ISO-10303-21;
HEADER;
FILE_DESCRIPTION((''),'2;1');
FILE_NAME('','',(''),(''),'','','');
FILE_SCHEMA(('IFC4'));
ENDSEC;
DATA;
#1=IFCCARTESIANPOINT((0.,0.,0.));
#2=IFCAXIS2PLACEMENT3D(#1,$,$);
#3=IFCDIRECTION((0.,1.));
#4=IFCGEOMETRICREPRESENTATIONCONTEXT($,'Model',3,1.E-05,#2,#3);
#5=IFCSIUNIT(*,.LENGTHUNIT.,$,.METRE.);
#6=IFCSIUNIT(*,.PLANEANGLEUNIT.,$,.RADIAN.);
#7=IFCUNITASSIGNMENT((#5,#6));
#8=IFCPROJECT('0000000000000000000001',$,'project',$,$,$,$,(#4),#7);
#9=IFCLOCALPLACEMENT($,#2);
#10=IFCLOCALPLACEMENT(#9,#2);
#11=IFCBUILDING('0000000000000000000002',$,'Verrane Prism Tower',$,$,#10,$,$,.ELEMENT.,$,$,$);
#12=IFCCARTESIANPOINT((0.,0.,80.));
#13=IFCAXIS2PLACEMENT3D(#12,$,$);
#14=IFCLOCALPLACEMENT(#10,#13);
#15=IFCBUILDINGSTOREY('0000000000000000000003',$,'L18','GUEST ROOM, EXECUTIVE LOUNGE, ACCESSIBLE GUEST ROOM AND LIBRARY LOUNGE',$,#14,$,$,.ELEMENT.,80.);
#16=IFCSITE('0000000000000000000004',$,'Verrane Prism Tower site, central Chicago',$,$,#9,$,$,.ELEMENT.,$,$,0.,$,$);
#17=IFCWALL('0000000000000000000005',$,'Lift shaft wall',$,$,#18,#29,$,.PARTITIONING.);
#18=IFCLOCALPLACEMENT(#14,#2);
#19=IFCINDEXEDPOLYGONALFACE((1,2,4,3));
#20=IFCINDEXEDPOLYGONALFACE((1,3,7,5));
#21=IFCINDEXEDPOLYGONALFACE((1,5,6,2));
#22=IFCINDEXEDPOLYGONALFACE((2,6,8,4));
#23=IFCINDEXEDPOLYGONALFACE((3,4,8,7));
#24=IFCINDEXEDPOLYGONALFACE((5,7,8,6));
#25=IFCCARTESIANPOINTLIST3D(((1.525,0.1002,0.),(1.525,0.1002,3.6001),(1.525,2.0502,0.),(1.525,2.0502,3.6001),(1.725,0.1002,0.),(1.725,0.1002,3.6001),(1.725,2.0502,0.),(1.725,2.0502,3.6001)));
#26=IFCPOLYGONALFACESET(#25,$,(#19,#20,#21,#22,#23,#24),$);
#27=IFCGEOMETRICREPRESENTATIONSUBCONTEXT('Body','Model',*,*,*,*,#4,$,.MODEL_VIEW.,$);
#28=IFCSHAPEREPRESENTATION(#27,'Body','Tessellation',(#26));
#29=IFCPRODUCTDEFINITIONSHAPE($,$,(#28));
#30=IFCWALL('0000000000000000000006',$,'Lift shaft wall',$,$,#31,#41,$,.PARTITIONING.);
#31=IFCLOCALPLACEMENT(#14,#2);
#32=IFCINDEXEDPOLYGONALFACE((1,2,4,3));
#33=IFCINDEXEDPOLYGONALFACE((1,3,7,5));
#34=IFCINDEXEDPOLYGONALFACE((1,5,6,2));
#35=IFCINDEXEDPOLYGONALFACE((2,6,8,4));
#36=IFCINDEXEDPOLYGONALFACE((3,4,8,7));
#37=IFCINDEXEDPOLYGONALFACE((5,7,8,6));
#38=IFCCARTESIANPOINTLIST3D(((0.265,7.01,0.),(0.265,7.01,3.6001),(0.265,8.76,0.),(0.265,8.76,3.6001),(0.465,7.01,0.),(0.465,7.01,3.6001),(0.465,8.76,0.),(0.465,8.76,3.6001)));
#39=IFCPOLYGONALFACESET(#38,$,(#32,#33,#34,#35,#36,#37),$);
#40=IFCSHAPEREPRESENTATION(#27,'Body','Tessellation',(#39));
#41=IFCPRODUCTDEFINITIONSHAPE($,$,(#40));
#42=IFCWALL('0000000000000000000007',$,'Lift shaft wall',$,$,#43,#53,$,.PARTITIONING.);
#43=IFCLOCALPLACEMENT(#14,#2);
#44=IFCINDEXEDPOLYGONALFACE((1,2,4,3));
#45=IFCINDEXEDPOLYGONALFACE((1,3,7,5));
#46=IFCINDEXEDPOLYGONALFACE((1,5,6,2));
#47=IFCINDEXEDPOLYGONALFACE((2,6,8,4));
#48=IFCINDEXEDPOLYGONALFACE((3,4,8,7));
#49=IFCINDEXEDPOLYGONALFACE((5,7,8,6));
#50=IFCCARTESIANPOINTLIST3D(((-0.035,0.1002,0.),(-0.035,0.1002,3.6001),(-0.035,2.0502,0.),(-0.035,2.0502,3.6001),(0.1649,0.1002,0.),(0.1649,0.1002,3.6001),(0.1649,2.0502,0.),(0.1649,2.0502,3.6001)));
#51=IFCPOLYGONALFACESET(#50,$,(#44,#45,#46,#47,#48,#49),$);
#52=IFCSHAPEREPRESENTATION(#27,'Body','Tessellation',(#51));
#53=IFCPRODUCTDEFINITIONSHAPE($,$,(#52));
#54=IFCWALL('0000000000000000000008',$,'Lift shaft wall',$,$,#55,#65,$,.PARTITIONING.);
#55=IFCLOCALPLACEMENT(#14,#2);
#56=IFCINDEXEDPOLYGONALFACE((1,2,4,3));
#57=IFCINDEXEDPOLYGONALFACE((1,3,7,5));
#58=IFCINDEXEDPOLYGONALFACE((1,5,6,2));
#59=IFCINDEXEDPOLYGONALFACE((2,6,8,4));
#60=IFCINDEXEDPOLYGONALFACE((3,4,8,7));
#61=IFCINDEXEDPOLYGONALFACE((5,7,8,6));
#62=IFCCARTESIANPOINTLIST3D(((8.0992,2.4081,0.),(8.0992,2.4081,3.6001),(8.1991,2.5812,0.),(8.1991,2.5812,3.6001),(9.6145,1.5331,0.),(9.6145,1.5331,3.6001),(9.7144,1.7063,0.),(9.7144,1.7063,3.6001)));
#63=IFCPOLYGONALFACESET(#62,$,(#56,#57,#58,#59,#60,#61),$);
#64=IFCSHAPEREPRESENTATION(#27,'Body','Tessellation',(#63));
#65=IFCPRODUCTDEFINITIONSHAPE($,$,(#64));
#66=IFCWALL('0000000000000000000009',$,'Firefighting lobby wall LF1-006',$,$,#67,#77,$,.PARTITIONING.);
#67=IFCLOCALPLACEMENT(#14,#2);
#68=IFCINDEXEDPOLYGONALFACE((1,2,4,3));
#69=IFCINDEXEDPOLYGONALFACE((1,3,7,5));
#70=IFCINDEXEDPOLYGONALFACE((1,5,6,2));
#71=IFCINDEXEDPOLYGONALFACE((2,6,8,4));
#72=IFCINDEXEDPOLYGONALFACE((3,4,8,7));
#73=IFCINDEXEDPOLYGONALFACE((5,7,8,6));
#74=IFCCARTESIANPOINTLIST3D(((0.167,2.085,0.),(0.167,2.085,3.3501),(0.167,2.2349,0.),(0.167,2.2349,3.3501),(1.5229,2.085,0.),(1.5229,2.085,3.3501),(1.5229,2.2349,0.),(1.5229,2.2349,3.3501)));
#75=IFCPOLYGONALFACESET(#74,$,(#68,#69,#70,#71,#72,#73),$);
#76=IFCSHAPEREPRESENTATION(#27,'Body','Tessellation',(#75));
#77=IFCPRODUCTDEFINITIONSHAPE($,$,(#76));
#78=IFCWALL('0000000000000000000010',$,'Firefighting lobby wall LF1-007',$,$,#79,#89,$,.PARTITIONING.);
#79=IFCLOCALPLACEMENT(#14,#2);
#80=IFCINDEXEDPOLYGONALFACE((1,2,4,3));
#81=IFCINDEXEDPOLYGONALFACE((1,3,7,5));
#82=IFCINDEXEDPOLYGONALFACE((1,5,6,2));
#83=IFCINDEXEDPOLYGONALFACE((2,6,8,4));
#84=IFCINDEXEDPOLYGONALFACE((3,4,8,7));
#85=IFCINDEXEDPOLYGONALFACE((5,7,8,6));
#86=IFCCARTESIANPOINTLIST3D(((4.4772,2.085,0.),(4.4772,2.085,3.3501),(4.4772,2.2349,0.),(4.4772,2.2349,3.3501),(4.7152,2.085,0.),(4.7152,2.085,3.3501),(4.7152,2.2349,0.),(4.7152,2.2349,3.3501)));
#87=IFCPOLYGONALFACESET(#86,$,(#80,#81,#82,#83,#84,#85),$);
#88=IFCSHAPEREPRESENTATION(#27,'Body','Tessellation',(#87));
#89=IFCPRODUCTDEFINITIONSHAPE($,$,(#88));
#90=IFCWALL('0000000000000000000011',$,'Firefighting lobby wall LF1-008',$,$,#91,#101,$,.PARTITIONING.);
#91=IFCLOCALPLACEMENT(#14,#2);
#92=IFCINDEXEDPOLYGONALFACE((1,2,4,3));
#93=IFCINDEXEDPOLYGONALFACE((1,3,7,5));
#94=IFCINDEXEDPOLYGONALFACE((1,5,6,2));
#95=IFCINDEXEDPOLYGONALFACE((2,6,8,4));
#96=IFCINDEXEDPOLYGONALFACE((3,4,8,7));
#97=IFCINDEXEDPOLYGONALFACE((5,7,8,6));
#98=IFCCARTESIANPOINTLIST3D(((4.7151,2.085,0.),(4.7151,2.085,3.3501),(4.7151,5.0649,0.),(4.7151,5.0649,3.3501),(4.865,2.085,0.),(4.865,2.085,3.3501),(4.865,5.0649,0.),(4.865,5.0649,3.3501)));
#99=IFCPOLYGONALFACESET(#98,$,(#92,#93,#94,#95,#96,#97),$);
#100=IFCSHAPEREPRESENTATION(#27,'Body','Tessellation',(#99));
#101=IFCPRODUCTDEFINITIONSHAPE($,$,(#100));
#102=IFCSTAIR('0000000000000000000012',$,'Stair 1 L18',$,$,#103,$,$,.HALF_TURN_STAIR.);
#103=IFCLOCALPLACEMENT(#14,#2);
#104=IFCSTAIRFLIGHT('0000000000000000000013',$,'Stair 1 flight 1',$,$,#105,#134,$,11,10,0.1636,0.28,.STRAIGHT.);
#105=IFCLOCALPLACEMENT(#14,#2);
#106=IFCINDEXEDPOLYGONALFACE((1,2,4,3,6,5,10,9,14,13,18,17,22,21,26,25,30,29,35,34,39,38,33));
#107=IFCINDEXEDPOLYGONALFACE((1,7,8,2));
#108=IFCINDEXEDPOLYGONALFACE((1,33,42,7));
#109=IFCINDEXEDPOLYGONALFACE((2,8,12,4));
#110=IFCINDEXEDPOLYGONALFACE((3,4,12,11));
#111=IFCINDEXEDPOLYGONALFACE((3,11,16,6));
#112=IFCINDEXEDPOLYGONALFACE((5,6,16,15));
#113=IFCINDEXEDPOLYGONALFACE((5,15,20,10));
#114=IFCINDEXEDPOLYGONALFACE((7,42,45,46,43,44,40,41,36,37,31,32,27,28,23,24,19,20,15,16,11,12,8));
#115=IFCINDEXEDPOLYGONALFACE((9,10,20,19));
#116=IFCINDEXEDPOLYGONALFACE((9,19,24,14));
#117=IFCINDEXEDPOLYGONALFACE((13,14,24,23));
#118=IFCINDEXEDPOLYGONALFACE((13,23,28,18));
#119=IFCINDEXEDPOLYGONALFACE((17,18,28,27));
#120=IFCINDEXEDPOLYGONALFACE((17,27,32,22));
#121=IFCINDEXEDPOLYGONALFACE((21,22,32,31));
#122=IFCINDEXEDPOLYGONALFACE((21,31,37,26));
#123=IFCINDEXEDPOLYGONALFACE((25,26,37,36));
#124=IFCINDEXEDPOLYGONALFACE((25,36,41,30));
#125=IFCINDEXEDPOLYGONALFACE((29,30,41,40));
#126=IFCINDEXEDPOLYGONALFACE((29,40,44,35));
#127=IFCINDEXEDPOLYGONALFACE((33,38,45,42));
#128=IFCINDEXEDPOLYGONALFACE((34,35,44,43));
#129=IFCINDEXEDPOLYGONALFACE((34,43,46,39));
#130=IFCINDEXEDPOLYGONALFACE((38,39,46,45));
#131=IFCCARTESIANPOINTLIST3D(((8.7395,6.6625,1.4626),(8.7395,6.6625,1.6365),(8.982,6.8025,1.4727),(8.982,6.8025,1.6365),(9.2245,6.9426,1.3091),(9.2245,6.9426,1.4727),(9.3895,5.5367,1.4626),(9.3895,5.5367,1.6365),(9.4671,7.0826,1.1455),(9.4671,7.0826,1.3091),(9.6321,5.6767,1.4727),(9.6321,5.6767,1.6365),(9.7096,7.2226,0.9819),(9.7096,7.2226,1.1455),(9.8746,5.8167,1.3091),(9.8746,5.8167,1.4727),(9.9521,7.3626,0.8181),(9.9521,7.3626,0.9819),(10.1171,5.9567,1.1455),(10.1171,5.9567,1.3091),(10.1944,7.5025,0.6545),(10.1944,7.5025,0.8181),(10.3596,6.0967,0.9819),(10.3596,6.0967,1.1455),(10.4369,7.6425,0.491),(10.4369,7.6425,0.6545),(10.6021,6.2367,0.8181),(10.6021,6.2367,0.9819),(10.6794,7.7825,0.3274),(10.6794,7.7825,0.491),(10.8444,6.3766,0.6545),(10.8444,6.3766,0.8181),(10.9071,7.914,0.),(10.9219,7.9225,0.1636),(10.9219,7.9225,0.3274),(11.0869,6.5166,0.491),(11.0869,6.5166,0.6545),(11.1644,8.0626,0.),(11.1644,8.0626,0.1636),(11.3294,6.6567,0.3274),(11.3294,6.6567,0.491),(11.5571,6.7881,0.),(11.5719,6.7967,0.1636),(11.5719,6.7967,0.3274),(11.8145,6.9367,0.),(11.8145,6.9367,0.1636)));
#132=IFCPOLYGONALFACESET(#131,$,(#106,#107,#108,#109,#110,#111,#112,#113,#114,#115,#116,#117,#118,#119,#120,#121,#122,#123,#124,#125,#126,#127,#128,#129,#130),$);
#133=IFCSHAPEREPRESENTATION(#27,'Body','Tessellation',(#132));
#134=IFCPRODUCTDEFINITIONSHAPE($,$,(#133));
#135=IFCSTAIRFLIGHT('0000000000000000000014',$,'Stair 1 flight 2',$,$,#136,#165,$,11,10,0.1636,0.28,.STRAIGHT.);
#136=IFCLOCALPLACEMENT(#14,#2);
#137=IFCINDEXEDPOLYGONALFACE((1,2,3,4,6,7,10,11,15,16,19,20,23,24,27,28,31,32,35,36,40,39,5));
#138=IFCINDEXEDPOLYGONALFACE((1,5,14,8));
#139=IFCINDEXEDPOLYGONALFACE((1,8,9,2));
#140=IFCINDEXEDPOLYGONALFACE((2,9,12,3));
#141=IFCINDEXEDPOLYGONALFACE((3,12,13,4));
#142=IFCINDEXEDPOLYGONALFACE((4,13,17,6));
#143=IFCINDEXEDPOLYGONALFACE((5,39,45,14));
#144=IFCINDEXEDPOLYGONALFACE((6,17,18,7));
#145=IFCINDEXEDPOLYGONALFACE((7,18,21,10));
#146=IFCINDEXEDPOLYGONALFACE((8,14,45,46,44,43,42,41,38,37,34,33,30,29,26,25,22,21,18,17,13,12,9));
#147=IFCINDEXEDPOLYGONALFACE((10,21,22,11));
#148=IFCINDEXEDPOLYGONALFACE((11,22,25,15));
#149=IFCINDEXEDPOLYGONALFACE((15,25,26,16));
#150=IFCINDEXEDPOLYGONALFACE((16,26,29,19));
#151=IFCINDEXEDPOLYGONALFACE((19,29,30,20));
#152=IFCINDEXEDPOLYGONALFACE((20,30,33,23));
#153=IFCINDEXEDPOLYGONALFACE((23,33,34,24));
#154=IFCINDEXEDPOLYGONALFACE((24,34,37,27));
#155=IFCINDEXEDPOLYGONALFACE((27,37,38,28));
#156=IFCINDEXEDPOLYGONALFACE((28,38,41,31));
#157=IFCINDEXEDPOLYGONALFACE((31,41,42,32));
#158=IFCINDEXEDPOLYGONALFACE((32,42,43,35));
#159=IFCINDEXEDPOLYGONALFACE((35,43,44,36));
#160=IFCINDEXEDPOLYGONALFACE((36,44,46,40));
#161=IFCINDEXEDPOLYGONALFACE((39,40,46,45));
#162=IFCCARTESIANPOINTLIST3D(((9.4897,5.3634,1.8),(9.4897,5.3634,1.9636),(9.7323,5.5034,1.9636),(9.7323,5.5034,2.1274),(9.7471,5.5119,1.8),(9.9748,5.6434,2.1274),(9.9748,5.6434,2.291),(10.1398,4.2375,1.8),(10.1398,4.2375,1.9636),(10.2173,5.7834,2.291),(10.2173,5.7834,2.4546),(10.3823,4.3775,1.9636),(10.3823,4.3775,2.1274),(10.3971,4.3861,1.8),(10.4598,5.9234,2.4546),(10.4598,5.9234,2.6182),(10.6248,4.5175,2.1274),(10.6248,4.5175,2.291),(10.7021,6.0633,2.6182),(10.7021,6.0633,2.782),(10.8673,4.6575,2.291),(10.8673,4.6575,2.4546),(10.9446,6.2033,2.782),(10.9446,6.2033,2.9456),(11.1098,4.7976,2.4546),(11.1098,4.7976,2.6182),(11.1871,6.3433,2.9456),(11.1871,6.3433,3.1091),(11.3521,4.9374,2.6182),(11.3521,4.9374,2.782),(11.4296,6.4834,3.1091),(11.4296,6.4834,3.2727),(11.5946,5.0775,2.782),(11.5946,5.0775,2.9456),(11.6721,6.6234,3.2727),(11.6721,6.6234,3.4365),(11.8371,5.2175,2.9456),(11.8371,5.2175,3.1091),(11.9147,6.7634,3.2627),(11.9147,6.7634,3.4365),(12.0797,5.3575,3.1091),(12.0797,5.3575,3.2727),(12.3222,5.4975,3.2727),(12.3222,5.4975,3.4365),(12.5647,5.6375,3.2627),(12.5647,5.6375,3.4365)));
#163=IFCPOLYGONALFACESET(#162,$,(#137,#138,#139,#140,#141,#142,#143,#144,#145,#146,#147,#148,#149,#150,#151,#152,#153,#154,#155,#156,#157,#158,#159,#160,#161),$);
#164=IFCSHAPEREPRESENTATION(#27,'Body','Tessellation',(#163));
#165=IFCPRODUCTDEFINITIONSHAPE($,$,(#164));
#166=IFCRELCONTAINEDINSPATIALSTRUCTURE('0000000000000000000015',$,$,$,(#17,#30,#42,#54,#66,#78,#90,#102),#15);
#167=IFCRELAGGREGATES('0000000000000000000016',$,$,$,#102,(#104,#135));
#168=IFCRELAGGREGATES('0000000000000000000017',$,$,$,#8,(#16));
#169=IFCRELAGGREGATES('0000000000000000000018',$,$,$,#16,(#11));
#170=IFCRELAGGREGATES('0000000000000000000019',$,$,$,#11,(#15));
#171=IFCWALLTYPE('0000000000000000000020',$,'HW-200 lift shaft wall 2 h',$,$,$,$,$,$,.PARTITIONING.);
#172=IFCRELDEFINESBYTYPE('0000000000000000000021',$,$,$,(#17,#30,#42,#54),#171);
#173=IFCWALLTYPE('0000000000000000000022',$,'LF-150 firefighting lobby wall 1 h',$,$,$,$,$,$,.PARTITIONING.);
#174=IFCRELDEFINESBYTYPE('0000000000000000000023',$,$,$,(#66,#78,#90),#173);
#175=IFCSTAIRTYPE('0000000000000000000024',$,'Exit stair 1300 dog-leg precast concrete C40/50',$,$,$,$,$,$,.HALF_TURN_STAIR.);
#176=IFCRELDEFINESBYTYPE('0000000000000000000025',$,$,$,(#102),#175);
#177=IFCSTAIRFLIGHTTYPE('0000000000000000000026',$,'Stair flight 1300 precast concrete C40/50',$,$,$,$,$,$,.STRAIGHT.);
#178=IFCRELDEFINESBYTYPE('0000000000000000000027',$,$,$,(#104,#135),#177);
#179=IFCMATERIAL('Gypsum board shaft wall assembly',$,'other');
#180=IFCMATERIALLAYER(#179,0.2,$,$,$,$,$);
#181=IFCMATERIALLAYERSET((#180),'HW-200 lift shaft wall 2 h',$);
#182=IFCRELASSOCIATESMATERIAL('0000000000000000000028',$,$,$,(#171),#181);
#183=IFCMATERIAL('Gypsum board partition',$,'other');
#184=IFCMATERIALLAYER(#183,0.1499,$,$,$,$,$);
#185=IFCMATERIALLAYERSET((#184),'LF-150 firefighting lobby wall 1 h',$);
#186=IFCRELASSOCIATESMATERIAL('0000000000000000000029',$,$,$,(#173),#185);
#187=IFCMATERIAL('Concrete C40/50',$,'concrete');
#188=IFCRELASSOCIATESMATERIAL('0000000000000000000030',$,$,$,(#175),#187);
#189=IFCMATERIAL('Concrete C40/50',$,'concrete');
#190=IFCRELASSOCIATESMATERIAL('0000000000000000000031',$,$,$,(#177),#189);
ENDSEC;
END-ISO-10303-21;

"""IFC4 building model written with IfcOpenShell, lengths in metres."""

from ifc_helpers import new_model, si_unit, direction, frame, frame_2d, origin, place, context, subcontext, project, spatial, polyline, rectangle, outline, extrude, material, layer, layer_set, type_object, element, aggregate, save


model = new_model("IFC4")

# Units and contexts
model_context = context("Model", 3, precision=1e-05, world=origin(), true_north=direction((0.0, 1.0)))
body_context = subcontext(model_context, "Body", "Model", "MODEL_VIEW")
ifc_project = project(units=[si_unit("LENGTHUNIT", "METRE"), si_unit("PLANEANGLEUNIT", "RADIAN")], contexts=[model_context])

# Site, building, storey
site_placement = place(None, origin())
site = spatial("IfcSite", under=ifc_project, at=site_placement, Name="Verrane Prism Tower site, central Chicago", CompositionType="ELEMENT", RefElevation=0.0)
building_placement = place(site_placement, origin())
building = spatial("IfcBuilding", under=site, at=building_placement, Name="Verrane Prism Tower", CompositionType="ELEMENT")
storey_placement = place(building_placement, frame((0.0, 0.0, 80.0)))
storey = spatial("IfcBuildingStorey", under=building, at=storey_placement, Name="L18", Description="GUEST ROOM, EXECUTIVE LOUNGE, ACCESSIBLE GUEST ROOM AND LIBRARY LOUNGE", CompositionType="ELEMENT", Elevation=80.0)

# Shared definitions
ifc_material_1 = material(Name="Gypsum board shaft wall assembly", Category="other")
ifc_layer_1 = layer(ifc_material_1, 0.2)
ifc_layer_set_1 = layer_set([ifc_layer_1], Name="HW-200 lift shaft wall 2 h")
wall_type_1 = type_object("IfcWallType", Name="HW-200 lift shaft wall 2 h", PredefinedType="PARTITIONING", material=ifc_layer_set_1)

# Walls
wall_1_placement = place(storey_placement, frame((1.625, 0.1001, 0.0), z_axis=(0.0, 0.0, 1.0), x_axis=(0.0, 1.0, 0.0)))
element("IfcWall", 1, at=wall_1_placement, inside=storey, type_object=wall_type_1, Name="Lift shaft wall", PredefinedType="PARTITIONING", context=body_context, shape_type="SweptSolid", body=[
    extrude(rectangle(XDim=1.95, YDim=0.2, at=frame_2d((0.9751, 0.0))), origin(), (0.0, 0.0, 1.0), 3.6001),
])
wall_2_placement = place(storey_placement, frame((0.365, 7.01, 0.0), z_axis=(0.0, 0.0, 1.0), x_axis=(0.0, 1.0, 0.0)))
element("IfcWall", 2, at=wall_2_placement, inside=storey, type_object=wall_type_1, Name="Lift shaft wall", PredefinedType="PARTITIONING", context=body_context, shape_type="SweptSolid", body=[
    extrude(rectangle(XDim=1.75, YDim=0.2, at=frame_2d((0.875, 0.0))), origin(), (0.0, 0.0, 1.0), 3.6001),
])
wall_3_placement = place(storey_placement, frame((0.0649, 0.1001, 0.0), z_axis=(0.0, 0.0, 1.0), x_axis=(0.0, 1.0, 0.0)))
element("IfcWall", 3, at=wall_3_placement, inside=storey, type_object=wall_type_1, Name="Lift shaft wall", PredefinedType="PARTITIONING", context=body_context, shape_type="SweptSolid", body=[
    extrude(rectangle(XDim=1.95, YDim=0.2, at=frame_2d((0.9751, 0.0))), origin(), (0.0, 0.0, 1.0), 3.6001),
])
wall_4_placement = place(storey_placement, frame((9.6646, 1.6196, 0.0), z_axis=(0.0, 0.0, 1.0), x_axis=(-0.866002, 0.50004, 0.0)))
element("IfcWall", 4, at=wall_4_placement, inside=storey, type_object=wall_type_1, Name="Lift shaft wall", PredefinedType="PARTITIONING", context=body_context, shape_type="SweptSolid", body=[
    extrude(rectangle(XDim=1.7498, YDim=0.2, at=frame_2d((0.875, 0.0))), origin(), (0.0, 0.0, 1.0), 3.6001),
])
ifc_material_2 = material(Name="Gypsum board partition", Category="other")
ifc_layer_2 = layer(ifc_material_2, 0.1499)
ifc_layer_set_2 = layer_set([ifc_layer_2], Name="LF-150 firefighting lobby wall 1 h")
wall_type_2 = type_object("IfcWallType", Name="LF-150 firefighting lobby wall 1 h", PredefinedType="PARTITIONING", material=ifc_layer_set_2)
wall_5_placement = place(storey_placement, frame((0.167, 2.1599, 0.0), z_axis=(0.0, 0.0, 1.0), x_axis=(1.0, 0.0, 0.0)))
element("IfcWall", 5, at=wall_5_placement, inside=storey, type_object=wall_type_2, Name="Firefighting lobby wall LF1-006", PredefinedType="PARTITIONING", context=body_context, shape_type="SweptSolid", body=[
    extrude(rectangle(XDim=1.356, YDim=0.1499, at=frame_2d((0.678, 0.0))), origin(), (0.0, 0.0, 1.0), 3.3501),
])
wall_6_placement = place(storey_placement, frame((4.4771, 2.1599, 0.0), z_axis=(0.0, 0.0, 1.0), x_axis=(1.0, 0.0, 0.0)))
element("IfcWall", 6, at=wall_6_placement, inside=storey, type_object=wall_type_2, Name="Firefighting lobby wall LF1-007", PredefinedType="PARTITIONING", context=body_context, shape_type="SweptSolid", body=[
    extrude(rectangle(XDim=0.238, YDim=0.1499, at=frame_2d((0.1191, 0.0))), origin(), (0.0, 0.0, 1.0), 3.3501),
])
wall_7_placement = place(storey_placement, frame((4.79, 2.085, 0.0), z_axis=(0.0, 0.0, 1.0), x_axis=(0.0, 1.0, 0.0)))
element("IfcWall", 7, at=wall_7_placement, inside=storey, type_object=wall_type_2, Name="Firefighting lobby wall LF1-008", PredefinedType="PARTITIONING", context=body_context, shape_type="SweptSolid", body=[
    extrude(rectangle(XDim=2.98, YDim=0.1499, at=frame_2d((1.49, 0.0))), origin(), (0.0, 0.0, 1.0), 3.3501),
])

# Stair, stair flights
ifc_material_3 = material(Name="Concrete C40/50", Category="concrete")
stair_type = type_object("IfcStairType", Name="Exit stair 1300 dog-leg precast concrete C40/50", PredefinedType="HALF_TURN_STAIR", material=ifc_material_3)
stair_placement = place(storey_placement, origin())
stair = element("IfcStair", 8, at=stair_placement, inside=storey, type_object=stair_type, Name="Stair 1 L18", PredefinedType="HALF_TURN_STAIR")
ifc_material_4 = material(Name="Concrete C40/50", Category="concrete")
stair_flight_type = type_object("IfcStairFlightType", Name="Stair flight 1300 precast concrete C40/50", PredefinedType="STRAIGHT", material=ifc_material_4)
stair_flight_1_placement = place(storey_placement, frame((11.4895, 7.4995, 0.0), z_axis=(0.0, 0.0, 1.0), x_axis=(-0.866025, -0.5, 0.0)))
stair_flight_1 = element("IfcStairFlight", 9, at=stair_flight_1_placement, type_object=stair_flight_type, Name="Stair 1 flight 1", NumberOfRisers=11, NumberOfTreads=10, PredefinedType="STRAIGHT", RiserHeight=0.1636, TreadLength=0.28, context=body_context, shape_type="SweptSolid", body=[
    extrude(outline(polyline([(0.0, 0.0), (0.0, 0.1636), (0.28, 0.1636), (0.28, 0.3274), (0.5601, 0.3274), (0.5601, 0.491), (0.8401, 0.491), (0.8401, 0.6545), (1.1201, 0.6545), (1.1201, 0.8181), (1.3999, 0.8181), (1.3999, 0.9819), (1.6799, 0.9819), (1.6799, 1.1455), (1.96, 1.1455), (1.96, 1.3091), (2.24, 1.3091), (2.24, 1.4727), (2.52, 1.4727), (2.52, 1.6365), (2.8, 1.6365), (2.8, 1.8), (2.8, 1.4626), (0.2971, 0.0), (0.0, 0.0)])), frame((0.0, 0.6499, 0.0), z_axis=(0.0, -1.0, 0.0), x_axis=(1.0, 0.0, 0.0)), (0.0, 0.0, 1.0), 1.3),
])
stair_flight_2_placement = place(storey_placement, frame((9.8147, 4.8005, 1.8), z_axis=(0.0, 0.0, 1.0), x_axis=(0.866025, 0.5, 0.0)))
stair_flight_2 = element("IfcStairFlight", 10, at=stair_flight_2_placement, type_object=stair_flight_type, Name="Stair 1 flight 2", NumberOfRisers=11, NumberOfTreads=10, PredefinedType="STRAIGHT", RiserHeight=0.1636, TreadLength=0.28, context=body_context, shape_type="SweptSolid", body=[
    extrude(outline(polyline([(0.0, 0.0), (0.0, 0.1636), (0.28, 0.1636), (0.28, 0.3274), (0.5601, 0.3274), (0.5601, 0.491), (0.8401, 0.491), (0.8401, 0.6545), (1.1201, 0.6545), (1.1201, 0.8181), (1.3999, 0.8181), (1.3999, 0.9819), (1.6799, 0.9819), (1.6799, 1.1455), (1.96, 1.1455), (1.96, 1.3091), (2.24, 1.3091), (2.24, 1.4727), (2.52, 1.4727), (2.52, 1.6365), (2.8, 1.6365), (2.8, 1.8), (2.8, 1.4626), (0.2971, 0.0), (0.0, 0.0)])), frame((0.0, 0.6499, 0.0), z_axis=(0.0, -1.0, 0.0), x_axis=(1.0, 0.0, 0.0)), (0.0, 0.0, 1.0), 1.3),
])
aggregate(stair, [stair_flight_1, stair_flight_2])

save(model, "model.ifc")
